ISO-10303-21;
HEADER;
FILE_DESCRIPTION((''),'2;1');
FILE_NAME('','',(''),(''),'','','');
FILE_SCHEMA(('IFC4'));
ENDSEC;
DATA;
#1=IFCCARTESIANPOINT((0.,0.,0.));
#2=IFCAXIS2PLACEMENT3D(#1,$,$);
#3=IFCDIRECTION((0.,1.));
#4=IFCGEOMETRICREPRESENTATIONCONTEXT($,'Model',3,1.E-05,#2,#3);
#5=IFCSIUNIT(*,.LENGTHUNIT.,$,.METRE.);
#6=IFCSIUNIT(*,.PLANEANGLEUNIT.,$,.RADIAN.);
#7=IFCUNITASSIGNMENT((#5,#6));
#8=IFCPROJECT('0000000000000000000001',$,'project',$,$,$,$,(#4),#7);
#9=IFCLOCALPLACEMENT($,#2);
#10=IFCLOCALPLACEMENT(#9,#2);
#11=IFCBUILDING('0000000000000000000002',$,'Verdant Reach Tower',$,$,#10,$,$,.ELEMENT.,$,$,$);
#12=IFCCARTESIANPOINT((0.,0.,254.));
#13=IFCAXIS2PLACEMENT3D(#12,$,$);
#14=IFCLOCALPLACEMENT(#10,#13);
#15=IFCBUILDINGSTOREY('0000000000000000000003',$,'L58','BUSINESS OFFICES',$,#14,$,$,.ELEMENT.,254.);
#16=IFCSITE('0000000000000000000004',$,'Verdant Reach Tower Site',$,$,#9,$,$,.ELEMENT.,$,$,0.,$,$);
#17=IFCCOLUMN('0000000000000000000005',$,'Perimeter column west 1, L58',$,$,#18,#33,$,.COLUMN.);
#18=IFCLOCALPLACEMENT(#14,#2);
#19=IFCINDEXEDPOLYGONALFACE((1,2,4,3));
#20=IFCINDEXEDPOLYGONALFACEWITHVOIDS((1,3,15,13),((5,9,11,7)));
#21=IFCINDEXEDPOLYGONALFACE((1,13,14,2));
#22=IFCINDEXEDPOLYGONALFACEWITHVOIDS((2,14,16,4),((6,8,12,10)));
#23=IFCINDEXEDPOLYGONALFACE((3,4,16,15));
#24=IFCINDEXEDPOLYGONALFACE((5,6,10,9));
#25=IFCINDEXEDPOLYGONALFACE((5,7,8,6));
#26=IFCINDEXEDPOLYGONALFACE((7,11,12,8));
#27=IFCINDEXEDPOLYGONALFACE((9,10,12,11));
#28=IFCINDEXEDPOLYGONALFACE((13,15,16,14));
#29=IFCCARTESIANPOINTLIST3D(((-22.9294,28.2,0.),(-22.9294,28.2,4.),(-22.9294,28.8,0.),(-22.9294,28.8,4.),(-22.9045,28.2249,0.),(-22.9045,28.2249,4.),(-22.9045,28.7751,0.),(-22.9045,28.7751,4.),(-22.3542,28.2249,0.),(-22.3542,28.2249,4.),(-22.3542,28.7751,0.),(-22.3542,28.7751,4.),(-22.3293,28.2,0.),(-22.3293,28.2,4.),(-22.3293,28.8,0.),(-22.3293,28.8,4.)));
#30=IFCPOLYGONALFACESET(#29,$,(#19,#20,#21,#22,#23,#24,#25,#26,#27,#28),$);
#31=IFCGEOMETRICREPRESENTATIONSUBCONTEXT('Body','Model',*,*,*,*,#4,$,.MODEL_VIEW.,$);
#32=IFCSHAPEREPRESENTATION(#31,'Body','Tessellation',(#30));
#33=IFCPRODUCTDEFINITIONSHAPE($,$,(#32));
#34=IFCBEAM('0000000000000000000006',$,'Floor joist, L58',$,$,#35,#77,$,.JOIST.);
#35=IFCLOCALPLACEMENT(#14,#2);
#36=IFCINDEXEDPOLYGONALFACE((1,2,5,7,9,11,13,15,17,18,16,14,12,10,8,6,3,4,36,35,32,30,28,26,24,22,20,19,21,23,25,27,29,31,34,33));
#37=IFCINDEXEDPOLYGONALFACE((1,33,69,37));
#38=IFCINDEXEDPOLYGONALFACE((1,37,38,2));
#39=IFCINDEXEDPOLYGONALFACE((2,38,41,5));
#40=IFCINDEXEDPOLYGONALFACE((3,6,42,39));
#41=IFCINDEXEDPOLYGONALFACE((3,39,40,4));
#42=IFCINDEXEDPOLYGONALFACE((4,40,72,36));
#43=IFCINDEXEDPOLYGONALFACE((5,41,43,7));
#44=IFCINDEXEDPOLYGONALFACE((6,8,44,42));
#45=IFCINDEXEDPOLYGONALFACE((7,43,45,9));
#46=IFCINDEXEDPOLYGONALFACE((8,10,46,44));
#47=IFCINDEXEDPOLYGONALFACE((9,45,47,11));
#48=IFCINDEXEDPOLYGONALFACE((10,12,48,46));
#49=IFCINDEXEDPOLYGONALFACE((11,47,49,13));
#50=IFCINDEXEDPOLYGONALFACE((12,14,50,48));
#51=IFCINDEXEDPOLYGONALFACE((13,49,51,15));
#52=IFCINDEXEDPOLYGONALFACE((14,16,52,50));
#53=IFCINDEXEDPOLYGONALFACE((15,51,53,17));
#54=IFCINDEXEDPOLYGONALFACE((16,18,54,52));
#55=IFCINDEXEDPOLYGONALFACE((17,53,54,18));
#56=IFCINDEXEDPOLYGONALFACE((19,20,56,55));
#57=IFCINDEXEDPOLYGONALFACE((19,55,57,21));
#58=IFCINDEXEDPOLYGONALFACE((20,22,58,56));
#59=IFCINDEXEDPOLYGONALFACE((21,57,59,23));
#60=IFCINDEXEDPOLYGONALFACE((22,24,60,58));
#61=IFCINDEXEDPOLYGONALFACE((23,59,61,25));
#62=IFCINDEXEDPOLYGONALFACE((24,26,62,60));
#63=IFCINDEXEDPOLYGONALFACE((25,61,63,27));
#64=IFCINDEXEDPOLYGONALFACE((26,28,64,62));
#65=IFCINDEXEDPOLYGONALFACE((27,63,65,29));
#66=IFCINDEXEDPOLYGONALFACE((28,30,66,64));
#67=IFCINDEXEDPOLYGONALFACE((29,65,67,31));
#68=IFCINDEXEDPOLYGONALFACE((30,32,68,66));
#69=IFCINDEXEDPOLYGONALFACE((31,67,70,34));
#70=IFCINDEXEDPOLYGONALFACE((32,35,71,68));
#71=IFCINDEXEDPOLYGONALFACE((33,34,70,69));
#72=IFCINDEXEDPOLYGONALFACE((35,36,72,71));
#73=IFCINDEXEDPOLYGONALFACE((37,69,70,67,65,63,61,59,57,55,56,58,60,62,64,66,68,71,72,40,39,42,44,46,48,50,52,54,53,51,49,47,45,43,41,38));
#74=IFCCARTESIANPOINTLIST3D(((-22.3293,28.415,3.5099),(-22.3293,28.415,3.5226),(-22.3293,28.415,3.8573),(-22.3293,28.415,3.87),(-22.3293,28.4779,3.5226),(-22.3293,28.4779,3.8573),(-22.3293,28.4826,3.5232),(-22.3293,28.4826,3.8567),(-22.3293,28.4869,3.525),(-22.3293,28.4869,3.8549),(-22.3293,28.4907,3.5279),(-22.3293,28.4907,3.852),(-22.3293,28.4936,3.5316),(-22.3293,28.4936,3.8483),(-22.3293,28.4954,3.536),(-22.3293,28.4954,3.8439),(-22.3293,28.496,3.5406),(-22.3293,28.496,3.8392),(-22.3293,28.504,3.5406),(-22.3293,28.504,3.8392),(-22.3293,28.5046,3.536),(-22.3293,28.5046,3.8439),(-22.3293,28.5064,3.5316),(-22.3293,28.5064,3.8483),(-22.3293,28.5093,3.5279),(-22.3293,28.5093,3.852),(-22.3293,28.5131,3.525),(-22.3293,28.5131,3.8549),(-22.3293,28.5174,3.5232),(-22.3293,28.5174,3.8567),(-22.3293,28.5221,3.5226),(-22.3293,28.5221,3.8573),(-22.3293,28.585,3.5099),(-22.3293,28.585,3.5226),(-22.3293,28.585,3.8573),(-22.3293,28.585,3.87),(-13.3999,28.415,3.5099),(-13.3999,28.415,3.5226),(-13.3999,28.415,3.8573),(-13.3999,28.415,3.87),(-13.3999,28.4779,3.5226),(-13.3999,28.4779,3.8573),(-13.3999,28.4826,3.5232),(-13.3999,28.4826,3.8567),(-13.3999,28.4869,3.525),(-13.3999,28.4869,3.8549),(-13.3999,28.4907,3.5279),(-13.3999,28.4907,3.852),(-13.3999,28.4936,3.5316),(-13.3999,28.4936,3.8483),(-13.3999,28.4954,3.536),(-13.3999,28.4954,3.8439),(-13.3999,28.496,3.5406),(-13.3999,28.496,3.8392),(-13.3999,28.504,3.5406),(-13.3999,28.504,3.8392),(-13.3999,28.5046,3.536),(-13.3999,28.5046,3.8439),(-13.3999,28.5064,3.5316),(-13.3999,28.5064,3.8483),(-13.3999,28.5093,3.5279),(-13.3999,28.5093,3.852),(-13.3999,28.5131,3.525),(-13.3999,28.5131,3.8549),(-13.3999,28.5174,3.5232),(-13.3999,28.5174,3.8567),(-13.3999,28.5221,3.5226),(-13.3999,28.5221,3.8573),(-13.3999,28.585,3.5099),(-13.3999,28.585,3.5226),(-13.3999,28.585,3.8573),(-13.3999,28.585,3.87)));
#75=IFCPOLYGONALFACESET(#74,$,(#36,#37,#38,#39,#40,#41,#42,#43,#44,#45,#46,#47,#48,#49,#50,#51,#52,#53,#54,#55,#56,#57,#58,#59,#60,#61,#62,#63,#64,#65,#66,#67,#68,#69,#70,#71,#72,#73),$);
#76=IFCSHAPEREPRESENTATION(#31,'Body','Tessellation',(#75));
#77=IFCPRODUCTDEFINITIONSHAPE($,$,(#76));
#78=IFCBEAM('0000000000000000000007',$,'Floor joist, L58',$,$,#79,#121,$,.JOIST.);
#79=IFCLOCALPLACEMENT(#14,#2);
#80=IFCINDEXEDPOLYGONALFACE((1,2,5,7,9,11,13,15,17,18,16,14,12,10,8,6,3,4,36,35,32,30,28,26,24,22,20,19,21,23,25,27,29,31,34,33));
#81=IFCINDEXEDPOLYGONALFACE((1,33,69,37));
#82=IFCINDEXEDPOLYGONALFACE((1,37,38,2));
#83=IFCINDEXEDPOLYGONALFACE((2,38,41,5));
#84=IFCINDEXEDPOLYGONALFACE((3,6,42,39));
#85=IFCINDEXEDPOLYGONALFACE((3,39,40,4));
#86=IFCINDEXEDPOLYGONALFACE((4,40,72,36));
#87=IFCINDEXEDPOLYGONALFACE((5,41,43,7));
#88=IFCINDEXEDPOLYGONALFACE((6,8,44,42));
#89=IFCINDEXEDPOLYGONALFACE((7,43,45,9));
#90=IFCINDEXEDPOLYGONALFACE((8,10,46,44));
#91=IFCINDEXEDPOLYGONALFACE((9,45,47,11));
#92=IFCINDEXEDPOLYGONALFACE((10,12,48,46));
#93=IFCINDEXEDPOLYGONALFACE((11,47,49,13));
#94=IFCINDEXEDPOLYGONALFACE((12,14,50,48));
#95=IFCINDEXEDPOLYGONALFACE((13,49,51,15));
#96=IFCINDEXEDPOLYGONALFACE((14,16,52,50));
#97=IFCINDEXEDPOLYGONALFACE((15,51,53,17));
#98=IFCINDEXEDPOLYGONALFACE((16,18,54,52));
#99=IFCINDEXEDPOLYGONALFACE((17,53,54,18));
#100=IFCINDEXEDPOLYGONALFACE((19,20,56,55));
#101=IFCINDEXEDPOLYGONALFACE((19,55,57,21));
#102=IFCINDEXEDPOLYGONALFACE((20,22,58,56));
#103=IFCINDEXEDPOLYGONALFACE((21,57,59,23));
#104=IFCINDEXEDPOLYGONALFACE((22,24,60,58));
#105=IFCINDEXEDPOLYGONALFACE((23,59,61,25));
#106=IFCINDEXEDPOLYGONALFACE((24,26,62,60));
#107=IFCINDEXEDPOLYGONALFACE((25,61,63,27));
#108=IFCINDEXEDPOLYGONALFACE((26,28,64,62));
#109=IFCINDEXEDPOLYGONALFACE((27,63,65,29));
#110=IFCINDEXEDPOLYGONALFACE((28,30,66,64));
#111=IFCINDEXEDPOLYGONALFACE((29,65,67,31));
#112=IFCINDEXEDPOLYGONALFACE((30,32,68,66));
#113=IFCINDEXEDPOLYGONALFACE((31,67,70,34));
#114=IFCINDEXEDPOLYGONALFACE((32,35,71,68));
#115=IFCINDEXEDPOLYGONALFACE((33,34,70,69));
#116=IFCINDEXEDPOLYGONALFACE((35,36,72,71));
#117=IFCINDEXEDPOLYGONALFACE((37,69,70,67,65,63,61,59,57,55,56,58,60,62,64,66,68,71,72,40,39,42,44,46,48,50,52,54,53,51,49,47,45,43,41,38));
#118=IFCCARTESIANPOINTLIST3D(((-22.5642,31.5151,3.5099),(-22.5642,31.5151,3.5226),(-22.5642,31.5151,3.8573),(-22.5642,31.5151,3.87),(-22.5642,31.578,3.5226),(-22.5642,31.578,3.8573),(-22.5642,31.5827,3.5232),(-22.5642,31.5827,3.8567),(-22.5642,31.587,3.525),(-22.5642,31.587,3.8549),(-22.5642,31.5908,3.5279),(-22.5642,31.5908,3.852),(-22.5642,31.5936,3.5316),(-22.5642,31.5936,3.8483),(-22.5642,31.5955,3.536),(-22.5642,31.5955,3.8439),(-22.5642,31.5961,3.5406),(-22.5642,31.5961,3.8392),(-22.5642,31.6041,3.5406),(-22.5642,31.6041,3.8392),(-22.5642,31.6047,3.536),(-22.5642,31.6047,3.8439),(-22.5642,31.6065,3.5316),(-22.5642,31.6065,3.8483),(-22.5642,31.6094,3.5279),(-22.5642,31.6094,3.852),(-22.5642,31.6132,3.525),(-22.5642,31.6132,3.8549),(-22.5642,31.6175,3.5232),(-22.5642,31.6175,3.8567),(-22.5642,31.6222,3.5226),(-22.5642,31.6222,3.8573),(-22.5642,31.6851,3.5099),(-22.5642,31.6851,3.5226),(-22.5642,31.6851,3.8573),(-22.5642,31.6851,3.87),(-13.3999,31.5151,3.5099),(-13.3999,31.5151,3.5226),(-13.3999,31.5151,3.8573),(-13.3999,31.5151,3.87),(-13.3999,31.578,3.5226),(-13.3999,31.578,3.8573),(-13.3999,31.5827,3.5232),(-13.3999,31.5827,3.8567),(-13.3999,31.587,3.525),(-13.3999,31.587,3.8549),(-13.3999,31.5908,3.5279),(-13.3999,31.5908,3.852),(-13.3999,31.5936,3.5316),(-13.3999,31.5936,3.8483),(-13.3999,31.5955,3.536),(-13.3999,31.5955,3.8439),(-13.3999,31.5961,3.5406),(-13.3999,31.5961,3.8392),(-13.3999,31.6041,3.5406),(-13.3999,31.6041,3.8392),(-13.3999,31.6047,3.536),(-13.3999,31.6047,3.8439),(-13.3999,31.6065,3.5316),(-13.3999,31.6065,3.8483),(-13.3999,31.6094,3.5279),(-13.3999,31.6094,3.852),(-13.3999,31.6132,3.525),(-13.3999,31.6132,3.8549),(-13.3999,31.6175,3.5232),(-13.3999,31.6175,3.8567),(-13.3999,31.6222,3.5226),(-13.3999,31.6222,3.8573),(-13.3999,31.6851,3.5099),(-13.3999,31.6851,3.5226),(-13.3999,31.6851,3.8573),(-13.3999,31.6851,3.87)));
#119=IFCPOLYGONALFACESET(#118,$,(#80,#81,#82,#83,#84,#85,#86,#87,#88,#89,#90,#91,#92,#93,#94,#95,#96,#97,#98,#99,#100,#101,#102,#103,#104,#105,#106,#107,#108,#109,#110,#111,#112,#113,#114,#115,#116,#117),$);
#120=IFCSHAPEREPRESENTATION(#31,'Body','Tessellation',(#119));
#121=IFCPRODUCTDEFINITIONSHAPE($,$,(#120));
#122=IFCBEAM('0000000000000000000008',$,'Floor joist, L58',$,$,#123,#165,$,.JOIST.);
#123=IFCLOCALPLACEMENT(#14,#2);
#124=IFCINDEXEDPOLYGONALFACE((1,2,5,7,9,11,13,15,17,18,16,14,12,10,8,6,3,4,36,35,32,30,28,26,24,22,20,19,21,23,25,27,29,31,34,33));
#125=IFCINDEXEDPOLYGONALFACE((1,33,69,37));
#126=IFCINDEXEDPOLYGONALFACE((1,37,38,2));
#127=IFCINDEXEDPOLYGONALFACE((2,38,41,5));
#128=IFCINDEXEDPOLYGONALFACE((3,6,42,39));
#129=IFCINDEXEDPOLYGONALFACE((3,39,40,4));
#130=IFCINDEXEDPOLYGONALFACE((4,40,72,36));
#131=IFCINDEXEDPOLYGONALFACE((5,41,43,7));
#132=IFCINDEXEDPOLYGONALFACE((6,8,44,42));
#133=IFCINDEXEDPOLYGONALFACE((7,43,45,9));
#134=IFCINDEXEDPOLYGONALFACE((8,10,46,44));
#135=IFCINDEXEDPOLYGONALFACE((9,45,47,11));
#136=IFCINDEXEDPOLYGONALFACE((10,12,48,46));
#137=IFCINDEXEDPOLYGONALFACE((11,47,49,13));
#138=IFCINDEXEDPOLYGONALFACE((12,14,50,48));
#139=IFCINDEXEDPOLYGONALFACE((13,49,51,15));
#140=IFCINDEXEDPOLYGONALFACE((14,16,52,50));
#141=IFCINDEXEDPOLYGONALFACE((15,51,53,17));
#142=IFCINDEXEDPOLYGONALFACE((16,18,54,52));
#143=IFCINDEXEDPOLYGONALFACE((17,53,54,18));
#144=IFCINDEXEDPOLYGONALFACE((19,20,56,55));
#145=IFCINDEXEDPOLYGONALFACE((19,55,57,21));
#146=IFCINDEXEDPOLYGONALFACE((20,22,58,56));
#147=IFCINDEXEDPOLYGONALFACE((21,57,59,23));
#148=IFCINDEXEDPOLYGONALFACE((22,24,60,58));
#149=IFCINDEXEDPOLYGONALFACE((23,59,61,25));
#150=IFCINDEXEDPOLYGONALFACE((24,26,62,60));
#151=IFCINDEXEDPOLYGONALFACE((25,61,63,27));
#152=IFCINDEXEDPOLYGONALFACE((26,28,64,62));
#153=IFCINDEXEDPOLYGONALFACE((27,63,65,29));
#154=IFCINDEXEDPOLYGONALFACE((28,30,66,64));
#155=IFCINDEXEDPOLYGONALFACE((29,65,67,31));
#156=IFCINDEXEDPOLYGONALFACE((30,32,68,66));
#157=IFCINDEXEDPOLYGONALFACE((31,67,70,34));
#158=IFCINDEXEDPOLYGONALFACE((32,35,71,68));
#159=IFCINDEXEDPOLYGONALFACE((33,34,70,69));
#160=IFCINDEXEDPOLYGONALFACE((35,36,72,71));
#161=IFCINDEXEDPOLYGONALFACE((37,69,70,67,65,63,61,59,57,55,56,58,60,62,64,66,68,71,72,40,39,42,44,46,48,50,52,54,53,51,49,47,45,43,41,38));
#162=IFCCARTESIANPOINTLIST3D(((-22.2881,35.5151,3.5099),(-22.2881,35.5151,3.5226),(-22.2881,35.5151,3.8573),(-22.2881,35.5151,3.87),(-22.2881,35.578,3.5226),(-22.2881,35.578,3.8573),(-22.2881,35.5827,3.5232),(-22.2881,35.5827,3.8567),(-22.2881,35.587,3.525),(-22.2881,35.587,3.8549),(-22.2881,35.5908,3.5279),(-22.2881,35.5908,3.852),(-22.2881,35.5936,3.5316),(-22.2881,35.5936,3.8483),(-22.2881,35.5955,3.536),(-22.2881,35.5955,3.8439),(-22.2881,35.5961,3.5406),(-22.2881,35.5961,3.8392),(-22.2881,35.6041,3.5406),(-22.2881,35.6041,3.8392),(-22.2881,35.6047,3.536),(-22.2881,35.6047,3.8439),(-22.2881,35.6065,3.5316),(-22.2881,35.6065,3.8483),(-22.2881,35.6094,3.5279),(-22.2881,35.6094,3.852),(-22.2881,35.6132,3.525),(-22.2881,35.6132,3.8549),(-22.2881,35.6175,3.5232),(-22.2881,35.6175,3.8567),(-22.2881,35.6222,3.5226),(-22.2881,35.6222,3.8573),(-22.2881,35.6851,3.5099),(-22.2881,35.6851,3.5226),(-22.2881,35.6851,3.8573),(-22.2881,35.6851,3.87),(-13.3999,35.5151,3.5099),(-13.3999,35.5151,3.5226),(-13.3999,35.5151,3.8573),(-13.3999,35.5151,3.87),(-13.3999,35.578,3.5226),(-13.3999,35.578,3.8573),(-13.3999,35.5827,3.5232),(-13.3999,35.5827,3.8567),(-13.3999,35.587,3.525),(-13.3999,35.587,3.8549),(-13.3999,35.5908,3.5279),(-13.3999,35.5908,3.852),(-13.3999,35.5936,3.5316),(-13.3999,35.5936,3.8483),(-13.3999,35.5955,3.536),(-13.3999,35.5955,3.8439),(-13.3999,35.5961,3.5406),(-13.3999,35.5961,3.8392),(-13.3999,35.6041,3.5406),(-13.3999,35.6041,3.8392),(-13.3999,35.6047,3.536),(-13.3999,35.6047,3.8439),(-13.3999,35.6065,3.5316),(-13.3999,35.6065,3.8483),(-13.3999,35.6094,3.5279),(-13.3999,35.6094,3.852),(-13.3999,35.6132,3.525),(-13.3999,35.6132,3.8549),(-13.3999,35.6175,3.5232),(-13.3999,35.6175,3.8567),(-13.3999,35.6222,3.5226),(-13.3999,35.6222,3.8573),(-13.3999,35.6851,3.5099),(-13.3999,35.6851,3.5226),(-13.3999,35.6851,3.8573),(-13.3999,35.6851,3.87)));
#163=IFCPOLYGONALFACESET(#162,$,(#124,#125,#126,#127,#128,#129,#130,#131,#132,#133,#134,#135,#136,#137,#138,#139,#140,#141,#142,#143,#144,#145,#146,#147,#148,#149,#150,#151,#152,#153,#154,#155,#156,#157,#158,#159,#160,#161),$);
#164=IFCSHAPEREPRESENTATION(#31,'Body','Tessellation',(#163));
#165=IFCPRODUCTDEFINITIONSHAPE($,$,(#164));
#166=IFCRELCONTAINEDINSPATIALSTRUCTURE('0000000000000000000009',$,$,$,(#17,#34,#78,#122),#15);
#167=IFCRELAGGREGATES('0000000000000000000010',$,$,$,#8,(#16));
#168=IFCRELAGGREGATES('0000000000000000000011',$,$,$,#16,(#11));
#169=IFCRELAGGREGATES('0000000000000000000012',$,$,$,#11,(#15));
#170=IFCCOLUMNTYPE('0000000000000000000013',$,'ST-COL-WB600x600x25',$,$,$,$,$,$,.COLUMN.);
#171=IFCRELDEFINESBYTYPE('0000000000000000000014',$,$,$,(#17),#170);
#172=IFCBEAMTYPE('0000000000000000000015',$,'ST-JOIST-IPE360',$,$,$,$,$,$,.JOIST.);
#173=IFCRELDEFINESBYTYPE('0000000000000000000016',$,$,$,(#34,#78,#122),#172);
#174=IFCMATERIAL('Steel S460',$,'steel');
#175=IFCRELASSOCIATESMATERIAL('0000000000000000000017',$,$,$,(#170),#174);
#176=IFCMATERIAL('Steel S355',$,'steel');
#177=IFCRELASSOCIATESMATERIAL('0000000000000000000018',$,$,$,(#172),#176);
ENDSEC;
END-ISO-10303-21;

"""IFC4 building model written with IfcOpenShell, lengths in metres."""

from ifc_helpers import new_model, si_unit, direction, frame, origin, origin_2d, place, context, subcontext, project, spatial, hollow_rectangle, i_section, extrude, material, material_profile, profile_set, type_object, element, save


model = new_model("IFC4")

# Units and contexts
model_context = context("Model", 3, precision=1e-05, world=origin(), true_north=direction((0.0, 1.0)))
body_context = subcontext(model_context, "Body", "Model", "MODEL_VIEW")
ifc_project = project(units=[si_unit("LENGTHUNIT", "METRE"), si_unit("PLANEANGLEUNIT", "RADIAN")], contexts=[model_context])

# Site, building, storey
site_placement = place(None, origin())
site = spatial("IfcSite", under=ifc_project, at=site_placement, Name="Verdant Reach Tower Site", CompositionType="ELEMENT", RefElevation=0.0)
building_placement = place(site_placement, origin())
building = spatial("IfcBuilding", under=site, at=building_placement, Name="Verdant Reach Tower", CompositionType="ELEMENT")
storey_placement = place(building_placement, frame((0.0, 0.0, 254.0)))
storey = spatial("IfcBuildingStorey", under=building, at=storey_placement, Name="L58", Description="BUSINESS OFFICES", CompositionType="ELEMENT", Elevation=254.0)

# Column
ifc_material_1 = material(Name="Steel S460", Category="steel")
ifc_material_profile_1 = material_profile(ifc_material_1, hollow_rectangle(XDim=0.6001, YDim=0.6001, WallThickness=0.0249, at=origin_2d()), Name="WB 600x600x25")
ifc_profile_set_1 = profile_set([ifc_material_profile_1], Name="Steel S460")
column_type = type_object("IfcColumnType", Name="ST-COL-WB600x600x25", PredefinedType="COLUMN", material=ifc_profile_set_1)
column_placement = place(storey_placement, frame((-22.6294, 28.5, 0.0), z_axis=(0.0, 0.0, 1.0), x_axis=(1.0, 0.0, 0.0)))
element("IfcColumn", 1, at=column_placement, inside=storey, type_object=column_type, Name="Perimeter column west 1, L58", PredefinedType="COLUMN", context=body_context, shape_type="SweptSolid", body=[
    extrude(hollow_rectangle(XDim=0.6001, YDim=0.6001, WallThickness=0.0249, at=origin_2d()), origin(), (0.0, 0.0, 1.0), 4.0),
])

# Beams
ifc_material_2 = material(Name="Steel S355", Category="steel")
ifc_material_profile_2 = material_profile(ifc_material_2, i_section(OverallWidth=0.1699, OverallDepth=0.3601, WebThickness=0.0081, FlangeThickness=0.0127, FilletRadius=0.0181, at=origin_2d()), Name="IPE 360")
ifc_profile_set_2 = profile_set([ifc_material_profile_2], Name="Steel S355")
beam_type_1 = type_object("IfcBeamType", Name="ST-JOIST-IPE360", PredefinedType="JOIST", material=ifc_profile_set_2)
beam_1_placement = place(storey_placement, frame((-13.3999, 28.5, 3.6899), z_axis=(-1.0, 0.0, 0.0), x_axis=(0.0, -1.0, 0.0)))
element("IfcBeam", 2, at=beam_1_placement, inside=storey, type_object=beam_type_1, Name="Floor joist, L58", PredefinedType="JOIST", context=body_context, shape_type="SweptSolid", body=[
    extrude(i_section(OverallWidth=0.1699, OverallDepth=0.3601, WebThickness=0.0081, FlangeThickness=0.0127, FilletRadius=0.0181, at=origin_2d()), origin(), (0.0, 0.0, 1.0), 8.9294),
])
beam_2_placement = place(storey_placement, frame((-13.3999, 31.6001, 3.6899), z_axis=(-1.0, 0.0, 0.0), x_axis=(0.0, -1.0, 0.0)))
element("IfcBeam", 3, at=beam_2_placement, inside=storey, type_object=beam_type_1, Name="Floor joist, L58", PredefinedType="JOIST", context=body_context, shape_type="SweptSolid", body=[
    extrude(i_section(OverallWidth=0.1699, OverallDepth=0.3601, WebThickness=0.0081, FlangeThickness=0.0127, FilletRadius=0.0181, at=origin_2d()), origin(), (0.0, 0.0, 1.0), 9.1643),
])
beam_3_placement = place(storey_placement, frame((-13.3999, 35.6001, 3.6899), z_axis=(-1.0, 0.0, 0.0), x_axis=(0.0, -1.0, 0.0)))
element("IfcBeam", 4, at=beam_3_placement, inside=storey, type_object=beam_type_1, Name="Floor joist, L58", PredefinedType="JOIST", context=body_context, shape_type="SweptSolid", body=[
    extrude(i_section(OverallWidth=0.1699, OverallDepth=0.3601, WebThickness=0.0081, FlangeThickness=0.0127, FilletRadius=0.0181, at=origin_2d()), origin(), (0.0, 0.0, 1.0), 8.8882),
])

save(model, "model.ifc")
